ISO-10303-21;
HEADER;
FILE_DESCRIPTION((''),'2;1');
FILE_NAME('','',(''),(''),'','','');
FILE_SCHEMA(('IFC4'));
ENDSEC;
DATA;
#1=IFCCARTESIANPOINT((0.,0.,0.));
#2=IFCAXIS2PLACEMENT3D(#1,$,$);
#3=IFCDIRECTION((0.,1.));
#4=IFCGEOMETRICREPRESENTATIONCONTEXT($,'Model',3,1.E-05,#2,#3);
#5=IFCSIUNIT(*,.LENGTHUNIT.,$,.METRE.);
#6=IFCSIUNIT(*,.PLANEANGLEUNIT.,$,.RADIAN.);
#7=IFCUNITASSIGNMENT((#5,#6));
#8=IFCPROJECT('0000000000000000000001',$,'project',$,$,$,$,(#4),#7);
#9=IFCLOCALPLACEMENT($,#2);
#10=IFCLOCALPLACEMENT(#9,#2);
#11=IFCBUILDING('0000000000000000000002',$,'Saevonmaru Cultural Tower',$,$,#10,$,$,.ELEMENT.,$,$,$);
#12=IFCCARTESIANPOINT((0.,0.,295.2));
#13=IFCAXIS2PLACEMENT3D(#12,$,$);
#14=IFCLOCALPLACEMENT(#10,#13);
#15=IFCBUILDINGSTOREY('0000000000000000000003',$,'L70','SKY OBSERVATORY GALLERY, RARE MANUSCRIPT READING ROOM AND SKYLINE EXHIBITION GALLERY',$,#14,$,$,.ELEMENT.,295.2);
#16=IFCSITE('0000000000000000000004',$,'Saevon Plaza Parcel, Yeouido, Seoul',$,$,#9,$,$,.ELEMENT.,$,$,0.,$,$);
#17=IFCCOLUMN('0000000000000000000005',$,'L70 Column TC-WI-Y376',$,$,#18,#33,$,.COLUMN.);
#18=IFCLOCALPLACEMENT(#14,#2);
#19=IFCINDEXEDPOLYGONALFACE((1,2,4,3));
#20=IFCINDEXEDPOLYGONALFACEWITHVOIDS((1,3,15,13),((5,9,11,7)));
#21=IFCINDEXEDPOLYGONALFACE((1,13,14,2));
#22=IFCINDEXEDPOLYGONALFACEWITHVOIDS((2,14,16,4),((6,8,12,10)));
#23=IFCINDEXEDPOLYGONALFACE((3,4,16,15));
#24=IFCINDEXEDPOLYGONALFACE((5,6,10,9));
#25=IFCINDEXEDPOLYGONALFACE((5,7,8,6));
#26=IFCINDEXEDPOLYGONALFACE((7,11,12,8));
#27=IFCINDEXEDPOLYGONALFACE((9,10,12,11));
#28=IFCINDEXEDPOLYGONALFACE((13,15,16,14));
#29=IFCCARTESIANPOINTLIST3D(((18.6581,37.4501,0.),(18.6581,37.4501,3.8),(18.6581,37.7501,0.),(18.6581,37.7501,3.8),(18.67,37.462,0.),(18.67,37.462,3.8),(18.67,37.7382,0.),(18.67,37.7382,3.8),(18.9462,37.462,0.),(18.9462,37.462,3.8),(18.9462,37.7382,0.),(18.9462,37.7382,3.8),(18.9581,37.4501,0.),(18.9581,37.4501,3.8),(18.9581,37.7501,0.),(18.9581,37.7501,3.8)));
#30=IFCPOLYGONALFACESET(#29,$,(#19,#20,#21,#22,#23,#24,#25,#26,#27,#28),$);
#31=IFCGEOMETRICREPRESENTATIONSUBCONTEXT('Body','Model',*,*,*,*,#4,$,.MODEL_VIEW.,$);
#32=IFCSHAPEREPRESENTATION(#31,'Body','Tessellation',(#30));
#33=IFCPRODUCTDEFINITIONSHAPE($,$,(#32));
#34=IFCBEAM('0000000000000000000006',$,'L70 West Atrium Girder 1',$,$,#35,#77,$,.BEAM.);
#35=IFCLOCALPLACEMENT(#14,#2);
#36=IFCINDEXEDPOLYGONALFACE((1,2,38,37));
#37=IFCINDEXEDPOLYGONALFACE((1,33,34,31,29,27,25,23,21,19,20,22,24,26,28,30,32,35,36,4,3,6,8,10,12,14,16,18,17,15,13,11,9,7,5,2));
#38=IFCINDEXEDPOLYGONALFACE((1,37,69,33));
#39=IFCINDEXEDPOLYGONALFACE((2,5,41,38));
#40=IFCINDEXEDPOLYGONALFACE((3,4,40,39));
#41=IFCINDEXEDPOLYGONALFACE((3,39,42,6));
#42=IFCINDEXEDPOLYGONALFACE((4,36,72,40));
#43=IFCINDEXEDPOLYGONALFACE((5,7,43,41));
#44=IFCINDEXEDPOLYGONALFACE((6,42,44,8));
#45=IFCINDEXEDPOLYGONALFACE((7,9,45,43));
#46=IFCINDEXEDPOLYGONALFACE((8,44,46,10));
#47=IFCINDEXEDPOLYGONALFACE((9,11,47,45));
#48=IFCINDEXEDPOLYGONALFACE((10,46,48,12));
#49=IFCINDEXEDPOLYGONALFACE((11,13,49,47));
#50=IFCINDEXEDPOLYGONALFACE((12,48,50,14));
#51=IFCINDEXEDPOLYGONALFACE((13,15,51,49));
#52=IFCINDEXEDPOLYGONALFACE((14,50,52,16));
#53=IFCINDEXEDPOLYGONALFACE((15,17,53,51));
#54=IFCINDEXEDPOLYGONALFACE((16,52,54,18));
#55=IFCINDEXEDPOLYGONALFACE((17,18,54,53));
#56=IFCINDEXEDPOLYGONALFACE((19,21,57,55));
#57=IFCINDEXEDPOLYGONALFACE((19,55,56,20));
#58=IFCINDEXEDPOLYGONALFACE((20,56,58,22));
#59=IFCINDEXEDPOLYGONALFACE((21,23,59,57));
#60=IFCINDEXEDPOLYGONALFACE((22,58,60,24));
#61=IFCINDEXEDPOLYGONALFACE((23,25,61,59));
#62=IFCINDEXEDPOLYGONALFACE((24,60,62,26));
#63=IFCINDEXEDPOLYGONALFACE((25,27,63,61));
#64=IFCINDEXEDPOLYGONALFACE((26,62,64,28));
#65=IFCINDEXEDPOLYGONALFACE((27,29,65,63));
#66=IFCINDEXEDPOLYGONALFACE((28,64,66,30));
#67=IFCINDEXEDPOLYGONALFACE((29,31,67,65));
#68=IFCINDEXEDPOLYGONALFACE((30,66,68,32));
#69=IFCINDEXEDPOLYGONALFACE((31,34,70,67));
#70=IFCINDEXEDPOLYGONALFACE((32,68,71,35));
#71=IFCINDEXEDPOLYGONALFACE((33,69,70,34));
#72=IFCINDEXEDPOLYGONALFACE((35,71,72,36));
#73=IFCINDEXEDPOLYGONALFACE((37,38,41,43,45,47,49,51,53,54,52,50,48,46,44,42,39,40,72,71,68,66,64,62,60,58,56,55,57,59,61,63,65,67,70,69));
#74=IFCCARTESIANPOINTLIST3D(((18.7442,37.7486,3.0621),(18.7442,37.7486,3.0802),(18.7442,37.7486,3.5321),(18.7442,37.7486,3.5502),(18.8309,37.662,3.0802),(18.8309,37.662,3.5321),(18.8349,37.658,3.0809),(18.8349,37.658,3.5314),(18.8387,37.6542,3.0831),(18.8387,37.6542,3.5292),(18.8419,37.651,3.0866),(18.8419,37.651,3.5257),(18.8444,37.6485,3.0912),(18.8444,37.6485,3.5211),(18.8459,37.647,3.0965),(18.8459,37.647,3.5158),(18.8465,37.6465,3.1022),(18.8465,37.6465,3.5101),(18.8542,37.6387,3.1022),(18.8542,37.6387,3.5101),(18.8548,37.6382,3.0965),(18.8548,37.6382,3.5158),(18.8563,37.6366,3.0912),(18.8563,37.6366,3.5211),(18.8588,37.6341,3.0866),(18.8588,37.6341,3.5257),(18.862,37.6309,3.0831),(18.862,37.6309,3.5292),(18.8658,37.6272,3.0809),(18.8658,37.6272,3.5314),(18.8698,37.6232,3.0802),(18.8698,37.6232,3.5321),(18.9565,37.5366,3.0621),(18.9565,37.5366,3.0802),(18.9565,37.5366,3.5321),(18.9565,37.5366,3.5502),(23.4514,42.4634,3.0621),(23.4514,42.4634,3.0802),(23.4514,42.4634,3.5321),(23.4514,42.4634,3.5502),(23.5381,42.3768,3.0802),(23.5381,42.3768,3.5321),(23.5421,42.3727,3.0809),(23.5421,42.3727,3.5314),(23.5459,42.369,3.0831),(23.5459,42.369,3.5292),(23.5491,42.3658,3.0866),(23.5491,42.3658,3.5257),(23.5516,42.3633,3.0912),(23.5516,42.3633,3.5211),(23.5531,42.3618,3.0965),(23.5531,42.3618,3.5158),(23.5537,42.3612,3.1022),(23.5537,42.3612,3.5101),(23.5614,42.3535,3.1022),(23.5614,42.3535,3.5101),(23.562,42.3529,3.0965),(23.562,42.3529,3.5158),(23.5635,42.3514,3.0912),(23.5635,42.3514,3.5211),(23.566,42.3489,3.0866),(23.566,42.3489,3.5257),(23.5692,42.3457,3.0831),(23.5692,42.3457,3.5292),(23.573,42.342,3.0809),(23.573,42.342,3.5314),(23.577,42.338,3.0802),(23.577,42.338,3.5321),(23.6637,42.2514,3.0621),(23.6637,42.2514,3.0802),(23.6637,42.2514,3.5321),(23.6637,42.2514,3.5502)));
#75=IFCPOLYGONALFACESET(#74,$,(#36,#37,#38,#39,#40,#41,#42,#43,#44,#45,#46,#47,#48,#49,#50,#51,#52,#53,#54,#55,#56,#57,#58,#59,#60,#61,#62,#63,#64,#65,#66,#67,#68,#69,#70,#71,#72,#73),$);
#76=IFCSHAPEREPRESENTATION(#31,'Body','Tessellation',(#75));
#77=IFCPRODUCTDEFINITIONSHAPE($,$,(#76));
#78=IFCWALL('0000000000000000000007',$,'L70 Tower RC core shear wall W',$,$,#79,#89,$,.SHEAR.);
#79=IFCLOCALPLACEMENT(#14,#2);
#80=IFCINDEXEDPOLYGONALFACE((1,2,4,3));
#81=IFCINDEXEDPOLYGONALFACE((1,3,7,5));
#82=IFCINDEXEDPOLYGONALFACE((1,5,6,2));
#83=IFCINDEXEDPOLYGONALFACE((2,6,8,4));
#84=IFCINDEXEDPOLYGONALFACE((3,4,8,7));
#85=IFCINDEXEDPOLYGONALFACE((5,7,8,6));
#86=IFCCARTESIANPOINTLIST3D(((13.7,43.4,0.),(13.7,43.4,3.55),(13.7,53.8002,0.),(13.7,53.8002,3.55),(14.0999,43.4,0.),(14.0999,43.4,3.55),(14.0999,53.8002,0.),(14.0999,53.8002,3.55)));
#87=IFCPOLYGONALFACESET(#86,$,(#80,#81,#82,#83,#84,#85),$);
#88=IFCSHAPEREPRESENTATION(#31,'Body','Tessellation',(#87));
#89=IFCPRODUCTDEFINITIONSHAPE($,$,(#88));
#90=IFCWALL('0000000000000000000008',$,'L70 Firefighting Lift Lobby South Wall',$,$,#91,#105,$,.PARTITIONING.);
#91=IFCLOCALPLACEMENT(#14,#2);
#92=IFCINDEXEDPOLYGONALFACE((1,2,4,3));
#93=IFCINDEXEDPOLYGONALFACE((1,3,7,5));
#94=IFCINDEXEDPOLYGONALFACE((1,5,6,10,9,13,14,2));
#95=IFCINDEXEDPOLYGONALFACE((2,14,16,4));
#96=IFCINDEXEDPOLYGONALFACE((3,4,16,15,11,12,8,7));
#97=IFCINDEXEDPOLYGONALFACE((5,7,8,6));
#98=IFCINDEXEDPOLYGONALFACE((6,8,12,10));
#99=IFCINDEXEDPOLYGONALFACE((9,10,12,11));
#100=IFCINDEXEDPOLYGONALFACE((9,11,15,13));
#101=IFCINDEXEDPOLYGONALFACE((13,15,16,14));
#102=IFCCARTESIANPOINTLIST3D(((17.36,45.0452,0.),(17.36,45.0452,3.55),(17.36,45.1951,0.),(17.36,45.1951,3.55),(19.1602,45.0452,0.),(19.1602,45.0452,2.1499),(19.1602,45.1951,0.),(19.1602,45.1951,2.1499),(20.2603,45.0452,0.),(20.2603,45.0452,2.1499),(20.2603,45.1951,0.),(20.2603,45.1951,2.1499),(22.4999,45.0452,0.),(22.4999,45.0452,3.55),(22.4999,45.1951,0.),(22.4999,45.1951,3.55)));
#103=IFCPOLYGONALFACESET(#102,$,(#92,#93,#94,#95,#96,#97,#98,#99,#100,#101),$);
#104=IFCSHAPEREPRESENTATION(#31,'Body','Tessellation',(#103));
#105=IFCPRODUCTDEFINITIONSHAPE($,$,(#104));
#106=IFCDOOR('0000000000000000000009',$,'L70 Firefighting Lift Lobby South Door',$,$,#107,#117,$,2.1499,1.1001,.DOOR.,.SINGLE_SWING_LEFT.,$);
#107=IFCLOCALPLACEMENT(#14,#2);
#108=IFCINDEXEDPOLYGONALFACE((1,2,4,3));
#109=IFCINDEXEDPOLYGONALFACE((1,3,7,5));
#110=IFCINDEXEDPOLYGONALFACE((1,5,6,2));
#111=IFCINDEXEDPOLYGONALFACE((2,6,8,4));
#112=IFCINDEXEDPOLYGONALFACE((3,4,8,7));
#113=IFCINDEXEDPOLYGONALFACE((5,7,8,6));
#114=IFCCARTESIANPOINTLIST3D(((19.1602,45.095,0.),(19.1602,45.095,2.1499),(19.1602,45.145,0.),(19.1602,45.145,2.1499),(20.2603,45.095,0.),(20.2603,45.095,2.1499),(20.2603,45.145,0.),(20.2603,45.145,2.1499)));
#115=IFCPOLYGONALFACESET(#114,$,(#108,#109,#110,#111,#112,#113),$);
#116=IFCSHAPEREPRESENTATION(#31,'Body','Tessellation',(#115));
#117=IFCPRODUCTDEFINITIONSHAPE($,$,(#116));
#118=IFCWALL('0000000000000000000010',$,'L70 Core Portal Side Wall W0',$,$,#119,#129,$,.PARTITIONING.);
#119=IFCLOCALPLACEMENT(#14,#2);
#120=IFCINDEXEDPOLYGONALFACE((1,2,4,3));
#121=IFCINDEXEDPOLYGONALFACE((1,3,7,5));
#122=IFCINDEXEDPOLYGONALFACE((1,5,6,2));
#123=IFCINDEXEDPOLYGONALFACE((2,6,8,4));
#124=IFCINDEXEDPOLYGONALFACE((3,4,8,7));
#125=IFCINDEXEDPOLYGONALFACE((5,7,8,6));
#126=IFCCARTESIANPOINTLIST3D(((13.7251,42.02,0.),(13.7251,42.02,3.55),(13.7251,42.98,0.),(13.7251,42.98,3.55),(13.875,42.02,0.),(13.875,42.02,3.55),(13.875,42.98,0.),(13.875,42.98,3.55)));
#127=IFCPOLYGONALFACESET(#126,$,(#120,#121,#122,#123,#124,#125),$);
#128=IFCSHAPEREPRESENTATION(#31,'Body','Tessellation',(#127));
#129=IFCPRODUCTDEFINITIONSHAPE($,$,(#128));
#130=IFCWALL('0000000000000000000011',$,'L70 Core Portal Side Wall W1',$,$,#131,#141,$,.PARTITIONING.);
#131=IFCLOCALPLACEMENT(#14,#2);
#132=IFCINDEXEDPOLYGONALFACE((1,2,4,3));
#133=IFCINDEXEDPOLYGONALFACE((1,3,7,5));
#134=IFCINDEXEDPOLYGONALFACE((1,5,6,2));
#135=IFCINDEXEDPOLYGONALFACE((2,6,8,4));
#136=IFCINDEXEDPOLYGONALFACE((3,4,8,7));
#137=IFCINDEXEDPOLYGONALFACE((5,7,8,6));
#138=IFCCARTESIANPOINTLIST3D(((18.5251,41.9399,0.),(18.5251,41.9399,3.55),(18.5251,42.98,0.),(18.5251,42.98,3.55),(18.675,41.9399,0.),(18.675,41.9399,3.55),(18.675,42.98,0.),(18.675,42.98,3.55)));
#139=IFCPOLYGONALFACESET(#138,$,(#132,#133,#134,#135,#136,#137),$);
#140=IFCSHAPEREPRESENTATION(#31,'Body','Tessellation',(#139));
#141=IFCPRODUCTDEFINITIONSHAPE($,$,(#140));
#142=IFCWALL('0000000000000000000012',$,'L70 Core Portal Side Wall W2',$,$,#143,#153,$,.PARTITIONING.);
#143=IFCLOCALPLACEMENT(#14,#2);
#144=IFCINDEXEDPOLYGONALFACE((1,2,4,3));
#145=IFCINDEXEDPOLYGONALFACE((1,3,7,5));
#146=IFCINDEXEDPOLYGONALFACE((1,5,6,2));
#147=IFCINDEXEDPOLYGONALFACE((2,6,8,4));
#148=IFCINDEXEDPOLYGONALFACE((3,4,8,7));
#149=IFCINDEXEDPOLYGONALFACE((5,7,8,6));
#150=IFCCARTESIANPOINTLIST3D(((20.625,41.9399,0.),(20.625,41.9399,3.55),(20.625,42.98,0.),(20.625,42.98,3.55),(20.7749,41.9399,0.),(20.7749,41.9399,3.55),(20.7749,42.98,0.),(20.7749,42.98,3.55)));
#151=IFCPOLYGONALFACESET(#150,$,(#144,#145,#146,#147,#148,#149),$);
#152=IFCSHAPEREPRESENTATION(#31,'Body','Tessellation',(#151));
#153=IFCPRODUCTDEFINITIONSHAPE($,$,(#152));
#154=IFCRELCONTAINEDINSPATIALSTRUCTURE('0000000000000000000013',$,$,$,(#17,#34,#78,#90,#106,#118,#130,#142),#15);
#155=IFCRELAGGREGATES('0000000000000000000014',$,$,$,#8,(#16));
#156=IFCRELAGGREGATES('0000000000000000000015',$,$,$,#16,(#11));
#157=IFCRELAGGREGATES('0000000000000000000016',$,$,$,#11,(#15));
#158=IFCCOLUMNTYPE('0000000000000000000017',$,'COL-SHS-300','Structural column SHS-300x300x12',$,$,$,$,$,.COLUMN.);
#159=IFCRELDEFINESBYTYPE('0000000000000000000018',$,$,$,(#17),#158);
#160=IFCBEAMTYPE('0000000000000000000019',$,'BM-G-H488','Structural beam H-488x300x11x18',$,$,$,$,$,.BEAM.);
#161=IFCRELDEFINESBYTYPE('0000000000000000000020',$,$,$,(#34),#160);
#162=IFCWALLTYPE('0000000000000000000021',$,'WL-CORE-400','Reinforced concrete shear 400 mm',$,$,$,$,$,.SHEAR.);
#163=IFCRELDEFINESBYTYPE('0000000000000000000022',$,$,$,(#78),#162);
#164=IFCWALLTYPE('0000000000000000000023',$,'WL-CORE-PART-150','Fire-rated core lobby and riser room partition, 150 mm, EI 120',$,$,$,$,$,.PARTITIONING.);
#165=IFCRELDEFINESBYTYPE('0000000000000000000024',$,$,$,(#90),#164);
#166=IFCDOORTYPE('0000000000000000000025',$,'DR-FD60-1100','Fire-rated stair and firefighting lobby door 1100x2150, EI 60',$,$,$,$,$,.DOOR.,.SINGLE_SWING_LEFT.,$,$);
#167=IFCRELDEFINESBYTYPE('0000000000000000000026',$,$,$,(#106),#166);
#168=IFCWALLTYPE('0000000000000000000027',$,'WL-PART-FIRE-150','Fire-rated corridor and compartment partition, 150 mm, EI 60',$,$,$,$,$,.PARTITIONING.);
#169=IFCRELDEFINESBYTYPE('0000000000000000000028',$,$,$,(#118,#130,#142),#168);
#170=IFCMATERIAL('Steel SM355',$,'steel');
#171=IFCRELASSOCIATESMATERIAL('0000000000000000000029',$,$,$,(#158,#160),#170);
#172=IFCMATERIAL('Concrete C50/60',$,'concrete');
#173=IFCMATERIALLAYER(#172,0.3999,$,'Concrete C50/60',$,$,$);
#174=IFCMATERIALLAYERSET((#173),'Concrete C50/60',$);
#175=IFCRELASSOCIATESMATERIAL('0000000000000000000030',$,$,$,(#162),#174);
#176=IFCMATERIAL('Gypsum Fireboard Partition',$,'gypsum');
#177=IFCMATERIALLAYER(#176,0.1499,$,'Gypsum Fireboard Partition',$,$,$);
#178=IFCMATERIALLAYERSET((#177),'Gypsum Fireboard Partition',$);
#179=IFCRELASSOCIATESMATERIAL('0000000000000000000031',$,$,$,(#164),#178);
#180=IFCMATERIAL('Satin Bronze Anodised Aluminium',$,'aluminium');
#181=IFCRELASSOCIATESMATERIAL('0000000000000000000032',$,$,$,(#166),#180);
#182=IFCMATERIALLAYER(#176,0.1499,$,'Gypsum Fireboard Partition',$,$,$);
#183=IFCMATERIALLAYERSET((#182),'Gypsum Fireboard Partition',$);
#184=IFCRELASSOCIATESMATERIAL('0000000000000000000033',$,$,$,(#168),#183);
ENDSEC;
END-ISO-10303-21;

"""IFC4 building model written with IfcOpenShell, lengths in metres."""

from ifc_helpers import new_model, si_unit, direction, frame, frame_2d, origin, origin_2d, place, context, subcontext, project, spatial, rectangle, hollow_rectangle, i_section, extrude, material, layer, layer_set, material_profile, profile_set, type_object, element, fill, save


model = new_model("IFC4")

# Units and contexts
model_context = context("Model", 3, precision=1e-05, world=origin(), true_north=direction((0.0, 1.0)))
body_context = subcontext(model_context, "Body", "Model", "MODEL_VIEW")
ifc_project = project(units=[si_unit("LENGTHUNIT", "METRE"), si_unit("PLANEANGLEUNIT", "RADIAN")], contexts=[model_context])

# Site, building, storey
site_placement = place(None, origin())
site = spatial("IfcSite", under=ifc_project, at=site_placement, Name="Saevon Plaza Parcel, Yeouido, Seoul", CompositionType="ELEMENT", RefElevation=0.0)
building_placement = place(site_placement, origin())
building = spatial("IfcBuilding", under=site, at=building_placement, Name="Saevonmaru Cultural Tower", CompositionType="ELEMENT")
storey_placement = place(building_placement, frame((0.0, 0.0, 295.2)))
storey = spatial("IfcBuildingStorey", under=building, at=storey_placement, Name="L70", Description="SKY OBSERVATORY GALLERY, RARE MANUSCRIPT READING ROOM AND SKYLINE EXHIBITION GALLERY", CompositionType="ELEMENT", Elevation=295.2)

# Column
ifc_material_1 = material(Name="Steel SM355", Category="steel")
ifc_material_profile_1 = material_profile(ifc_material_1, hollow_rectangle(XDim=0.3, YDim=0.3, WallThickness=0.012, at=origin_2d()), Name="SHS-300x300x12")
ifc_profile_set_1 = profile_set([ifc_material_profile_1], Name="Steel SM355")
column_type = type_object("IfcColumnType", Name="COL-SHS-300", Description="Structural column SHS-300x300x12", PredefinedType="COLUMN", material=ifc_profile_set_1)
column_placement = place(storey_placement, frame((18.8081, 37.6001, 0.0), z_axis=(0.0, 0.0, 1.0), x_axis=(1.0, 0.0, 0.0)))
element("IfcColumn", 1, at=column_placement, inside=storey, type_object=column_type, Name="L70 Column TC-WI-Y376", PredefinedType="COLUMN", context=body_context, shape_type="SweptSolid", body=[
    extrude(hollow_rectangle(XDim=0.3, YDim=0.3, WallThickness=0.012, at=origin_2d()), origin(), (0.0, 0.0, 1.0), 3.8),
])

# Beam
ifc_material_profile_2 = material_profile(ifc_material_1, i_section(OverallWidth=0.3, OverallDepth=0.488, WebThickness=0.011, FlangeThickness=0.0181, FilletRadius=0.022, at=origin_2d()), Name="H-488x300x11x18")
ifc_profile_set_2 = profile_set([ifc_material_profile_2], Name="Steel SM355")
beam_type = type_object("IfcBeamType", Name="BM-G-H488", Description="Structural beam H-488x300x11x18", PredefinedType="BEAM", material=ifc_profile_set_2)
beam_placement = place(storey_placement, frame((18.8503, 37.6426, 3.3062), z_axis=(0.706539, 0.707675, 0.0), x_axis=(-0.707675, 0.706539, 0.0)))
element("IfcBeam", 2, at=beam_placement, inside=storey, type_object=beam_type, Name="L70 West Atrium Girder 1", PredefinedType="BEAM", context=body_context, shape_type="SweptSolid", body=[
    extrude(i_section(OverallWidth=0.3, OverallDepth=0.488, WebThickness=0.011, FlangeThickness=0.0181, FilletRadius=0.022, at=origin_2d()), origin(), (0.0, 0.0, 1.0), 6.6624),
])

# Wall
ifc_material_2 = material(Name="Concrete C50/60", Category="concrete")
ifc_layer_1 = layer(ifc_material_2, 0.3999, Name="Concrete C50/60")
ifc_layer_set_1 = layer_set([ifc_layer_1], Name="Concrete C50/60")
wall_type_1 = type_object("IfcWallType", Name="WL-CORE-400", Description="Reinforced concrete shear 400 mm", PredefinedType="SHEAR", material=ifc_layer_set_1)
wall_1_placement = place(storey_placement, frame((13.8999, 43.3999, 0.0), z_axis=(0.0, 0.0, 1.0), x_axis=(0.0, 1.0, 0.0)))
element("IfcWall", 3, at=wall_1_placement, inside=storey, type_object=wall_type_1, Name="L70 Tower RC core shear wall W", PredefinedType="SHEAR", context=body_context, shape_type="SweptSolid", body=[
    extrude(rectangle(XDim=10.4001, YDim=0.3999, at=frame_2d((5.2002, 0.0))), origin(), (0.0, 0.0, 1.0), 3.55),
])

# Wall, opening, door
ifc_material_3 = material(Name="Gypsum Fireboard Partition", Category="gypsum")
ifc_layer_2 = layer(ifc_material_3, 0.1499, Name="Gypsum Fireboard Partition")
ifc_layer_set_2 = layer_set([ifc_layer_2], Name="Gypsum Fireboard Partition")
wall_type_2 = type_object("IfcWallType", Name="WL-CORE-PART-150", Description="Fire-rated core lobby and riser room partition, 150 mm, EI 120", PredefinedType="PARTITIONING", material=ifc_layer_set_2)
wall_2_placement = place(storey_placement, frame((17.3601, 45.1201, 0.0), z_axis=(0.0, 0.0, 1.0), x_axis=(1.0, 0.0, 0.0)))
wall_2 = element("IfcWall", 4, at=wall_2_placement, inside=storey, type_object=wall_type_2, Name="L70 Firefighting Lift Lobby South Wall", PredefinedType="PARTITIONING", context=body_context, shape_type="SweptSolid", body=[
    extrude(rectangle(XDim=5.1399, YDim=0.1499, at=frame_2d((2.5698, 0.0))), origin(), (0.0, 0.0, 1.0), 3.55),
])
opening_1_placement = place(wall_2_placement, frame((1.8, 0.0, 0.0)))
opening_1 = element("IfcOpeningElement", 5, at=opening_1_placement, cuts=wall_2, PredefinedType="OPENING", context=body_context, shape_type="SweptSolid", body=[
    extrude(rectangle(XDim=1.1001, YDim=2.1499, at=frame_2d((0.55, 1.075))), frame((0.0, 0.085, 0.0), z_axis=(0.0, -1.0, 0.0), x_axis=(1.0, 0.0, 0.0)), (0.0, 0.0, 1.0), 0.1699),
])
ifc_material_4 = material(Name="Satin Bronze Anodised Aluminium", Category="aluminium")
door_type_1 = type_object("IfcDoorType", Name="DR-FD60-1100", Description="Fire-rated stair and firefighting lobby door 1100x2150, EI 60", OperationType="SINGLE_SWING_LEFT", PredefinedType="DOOR", material=ifc_material_4)
door_1_placement = place(opening_1_placement, origin())
door_1 = element("IfcDoor", 6, at=door_1_placement, inside=storey, type_object=door_type_1, Name="L70 Firefighting Lift Lobby South Door", OperationType="SINGLE_SWING_LEFT", OverallHeight=2.1499, OverallWidth=1.1001, PredefinedType="DOOR", context=body_context, shape_type="SweptSolid", body=[
    extrude(rectangle(XDim=1.1001, YDim=2.1499, at=frame_2d((0.55, 1.075))), frame((0.0, 0.0249, 0.0), z_axis=(0.0, -1.0, 0.0), x_axis=(1.0, 0.0, 0.0)), (0.0, 0.0, 1.0), 0.05),
])
fill(opening_1, door_1)

# Walls
ifc_layer_3 = layer(ifc_material_3, 0.1499, Name="Gypsum Fireboard Partition")
ifc_layer_set_3 = layer_set([ifc_layer_3], Name="Gypsum Fireboard Partition")
wall_type_3 = type_object("IfcWallType", Name="WL-PART-FIRE-150", Description="Fire-rated corridor and compartment partition, 150 mm, EI 60", PredefinedType="PARTITIONING", material=ifc_layer_set_3)
wall_3_placement = place(storey_placement, frame((13.8, 42.02, 0.0), z_axis=(0.0, 0.0, 1.0), x_axis=(0.0, 1.0, 0.0)))
element("IfcWall", 7, at=wall_3_placement, inside=storey, type_object=wall_type_3, Name="L70 Core Portal Side Wall W0", PredefinedType="PARTITIONING", context=body_context, shape_type="SweptSolid", body=[
    extrude(rectangle(XDim=0.96, YDim=0.1499, at=frame_2d((0.48, 0.0))), origin(), (0.0, 0.0, 1.0), 3.55),
])
for number, where, z_axis, x_axis, name in (
    (8, (18.6001, 41.9399, 0.0), (0.0, 0.0, 1.0), (0.0, 1.0, 0.0), "L70 Core Portal Side Wall W1"),
    (9, (20.7, 41.9399, 0.0), (0.0, 0.0, 1.0), (0.0, 1.0, 0.0), "L70 Core Portal Side Wall W2"),
):
    element("IfcWall", number, at=place(storey_placement, frame(where, z_axis=z_axis, x_axis=x_axis)), inside=storey, type_object=wall_type_3, Name=name, PredefinedType="PARTITIONING", context=body_context, shape_type="SweptSolid", body=[
        extrude(rectangle(XDim=1.04, YDim=0.1499, at=frame_2d((0.52, 0.0))), origin(), (0.0, 0.0, 1.0), 3.55),
    ])

save(model, "model.ifc")
